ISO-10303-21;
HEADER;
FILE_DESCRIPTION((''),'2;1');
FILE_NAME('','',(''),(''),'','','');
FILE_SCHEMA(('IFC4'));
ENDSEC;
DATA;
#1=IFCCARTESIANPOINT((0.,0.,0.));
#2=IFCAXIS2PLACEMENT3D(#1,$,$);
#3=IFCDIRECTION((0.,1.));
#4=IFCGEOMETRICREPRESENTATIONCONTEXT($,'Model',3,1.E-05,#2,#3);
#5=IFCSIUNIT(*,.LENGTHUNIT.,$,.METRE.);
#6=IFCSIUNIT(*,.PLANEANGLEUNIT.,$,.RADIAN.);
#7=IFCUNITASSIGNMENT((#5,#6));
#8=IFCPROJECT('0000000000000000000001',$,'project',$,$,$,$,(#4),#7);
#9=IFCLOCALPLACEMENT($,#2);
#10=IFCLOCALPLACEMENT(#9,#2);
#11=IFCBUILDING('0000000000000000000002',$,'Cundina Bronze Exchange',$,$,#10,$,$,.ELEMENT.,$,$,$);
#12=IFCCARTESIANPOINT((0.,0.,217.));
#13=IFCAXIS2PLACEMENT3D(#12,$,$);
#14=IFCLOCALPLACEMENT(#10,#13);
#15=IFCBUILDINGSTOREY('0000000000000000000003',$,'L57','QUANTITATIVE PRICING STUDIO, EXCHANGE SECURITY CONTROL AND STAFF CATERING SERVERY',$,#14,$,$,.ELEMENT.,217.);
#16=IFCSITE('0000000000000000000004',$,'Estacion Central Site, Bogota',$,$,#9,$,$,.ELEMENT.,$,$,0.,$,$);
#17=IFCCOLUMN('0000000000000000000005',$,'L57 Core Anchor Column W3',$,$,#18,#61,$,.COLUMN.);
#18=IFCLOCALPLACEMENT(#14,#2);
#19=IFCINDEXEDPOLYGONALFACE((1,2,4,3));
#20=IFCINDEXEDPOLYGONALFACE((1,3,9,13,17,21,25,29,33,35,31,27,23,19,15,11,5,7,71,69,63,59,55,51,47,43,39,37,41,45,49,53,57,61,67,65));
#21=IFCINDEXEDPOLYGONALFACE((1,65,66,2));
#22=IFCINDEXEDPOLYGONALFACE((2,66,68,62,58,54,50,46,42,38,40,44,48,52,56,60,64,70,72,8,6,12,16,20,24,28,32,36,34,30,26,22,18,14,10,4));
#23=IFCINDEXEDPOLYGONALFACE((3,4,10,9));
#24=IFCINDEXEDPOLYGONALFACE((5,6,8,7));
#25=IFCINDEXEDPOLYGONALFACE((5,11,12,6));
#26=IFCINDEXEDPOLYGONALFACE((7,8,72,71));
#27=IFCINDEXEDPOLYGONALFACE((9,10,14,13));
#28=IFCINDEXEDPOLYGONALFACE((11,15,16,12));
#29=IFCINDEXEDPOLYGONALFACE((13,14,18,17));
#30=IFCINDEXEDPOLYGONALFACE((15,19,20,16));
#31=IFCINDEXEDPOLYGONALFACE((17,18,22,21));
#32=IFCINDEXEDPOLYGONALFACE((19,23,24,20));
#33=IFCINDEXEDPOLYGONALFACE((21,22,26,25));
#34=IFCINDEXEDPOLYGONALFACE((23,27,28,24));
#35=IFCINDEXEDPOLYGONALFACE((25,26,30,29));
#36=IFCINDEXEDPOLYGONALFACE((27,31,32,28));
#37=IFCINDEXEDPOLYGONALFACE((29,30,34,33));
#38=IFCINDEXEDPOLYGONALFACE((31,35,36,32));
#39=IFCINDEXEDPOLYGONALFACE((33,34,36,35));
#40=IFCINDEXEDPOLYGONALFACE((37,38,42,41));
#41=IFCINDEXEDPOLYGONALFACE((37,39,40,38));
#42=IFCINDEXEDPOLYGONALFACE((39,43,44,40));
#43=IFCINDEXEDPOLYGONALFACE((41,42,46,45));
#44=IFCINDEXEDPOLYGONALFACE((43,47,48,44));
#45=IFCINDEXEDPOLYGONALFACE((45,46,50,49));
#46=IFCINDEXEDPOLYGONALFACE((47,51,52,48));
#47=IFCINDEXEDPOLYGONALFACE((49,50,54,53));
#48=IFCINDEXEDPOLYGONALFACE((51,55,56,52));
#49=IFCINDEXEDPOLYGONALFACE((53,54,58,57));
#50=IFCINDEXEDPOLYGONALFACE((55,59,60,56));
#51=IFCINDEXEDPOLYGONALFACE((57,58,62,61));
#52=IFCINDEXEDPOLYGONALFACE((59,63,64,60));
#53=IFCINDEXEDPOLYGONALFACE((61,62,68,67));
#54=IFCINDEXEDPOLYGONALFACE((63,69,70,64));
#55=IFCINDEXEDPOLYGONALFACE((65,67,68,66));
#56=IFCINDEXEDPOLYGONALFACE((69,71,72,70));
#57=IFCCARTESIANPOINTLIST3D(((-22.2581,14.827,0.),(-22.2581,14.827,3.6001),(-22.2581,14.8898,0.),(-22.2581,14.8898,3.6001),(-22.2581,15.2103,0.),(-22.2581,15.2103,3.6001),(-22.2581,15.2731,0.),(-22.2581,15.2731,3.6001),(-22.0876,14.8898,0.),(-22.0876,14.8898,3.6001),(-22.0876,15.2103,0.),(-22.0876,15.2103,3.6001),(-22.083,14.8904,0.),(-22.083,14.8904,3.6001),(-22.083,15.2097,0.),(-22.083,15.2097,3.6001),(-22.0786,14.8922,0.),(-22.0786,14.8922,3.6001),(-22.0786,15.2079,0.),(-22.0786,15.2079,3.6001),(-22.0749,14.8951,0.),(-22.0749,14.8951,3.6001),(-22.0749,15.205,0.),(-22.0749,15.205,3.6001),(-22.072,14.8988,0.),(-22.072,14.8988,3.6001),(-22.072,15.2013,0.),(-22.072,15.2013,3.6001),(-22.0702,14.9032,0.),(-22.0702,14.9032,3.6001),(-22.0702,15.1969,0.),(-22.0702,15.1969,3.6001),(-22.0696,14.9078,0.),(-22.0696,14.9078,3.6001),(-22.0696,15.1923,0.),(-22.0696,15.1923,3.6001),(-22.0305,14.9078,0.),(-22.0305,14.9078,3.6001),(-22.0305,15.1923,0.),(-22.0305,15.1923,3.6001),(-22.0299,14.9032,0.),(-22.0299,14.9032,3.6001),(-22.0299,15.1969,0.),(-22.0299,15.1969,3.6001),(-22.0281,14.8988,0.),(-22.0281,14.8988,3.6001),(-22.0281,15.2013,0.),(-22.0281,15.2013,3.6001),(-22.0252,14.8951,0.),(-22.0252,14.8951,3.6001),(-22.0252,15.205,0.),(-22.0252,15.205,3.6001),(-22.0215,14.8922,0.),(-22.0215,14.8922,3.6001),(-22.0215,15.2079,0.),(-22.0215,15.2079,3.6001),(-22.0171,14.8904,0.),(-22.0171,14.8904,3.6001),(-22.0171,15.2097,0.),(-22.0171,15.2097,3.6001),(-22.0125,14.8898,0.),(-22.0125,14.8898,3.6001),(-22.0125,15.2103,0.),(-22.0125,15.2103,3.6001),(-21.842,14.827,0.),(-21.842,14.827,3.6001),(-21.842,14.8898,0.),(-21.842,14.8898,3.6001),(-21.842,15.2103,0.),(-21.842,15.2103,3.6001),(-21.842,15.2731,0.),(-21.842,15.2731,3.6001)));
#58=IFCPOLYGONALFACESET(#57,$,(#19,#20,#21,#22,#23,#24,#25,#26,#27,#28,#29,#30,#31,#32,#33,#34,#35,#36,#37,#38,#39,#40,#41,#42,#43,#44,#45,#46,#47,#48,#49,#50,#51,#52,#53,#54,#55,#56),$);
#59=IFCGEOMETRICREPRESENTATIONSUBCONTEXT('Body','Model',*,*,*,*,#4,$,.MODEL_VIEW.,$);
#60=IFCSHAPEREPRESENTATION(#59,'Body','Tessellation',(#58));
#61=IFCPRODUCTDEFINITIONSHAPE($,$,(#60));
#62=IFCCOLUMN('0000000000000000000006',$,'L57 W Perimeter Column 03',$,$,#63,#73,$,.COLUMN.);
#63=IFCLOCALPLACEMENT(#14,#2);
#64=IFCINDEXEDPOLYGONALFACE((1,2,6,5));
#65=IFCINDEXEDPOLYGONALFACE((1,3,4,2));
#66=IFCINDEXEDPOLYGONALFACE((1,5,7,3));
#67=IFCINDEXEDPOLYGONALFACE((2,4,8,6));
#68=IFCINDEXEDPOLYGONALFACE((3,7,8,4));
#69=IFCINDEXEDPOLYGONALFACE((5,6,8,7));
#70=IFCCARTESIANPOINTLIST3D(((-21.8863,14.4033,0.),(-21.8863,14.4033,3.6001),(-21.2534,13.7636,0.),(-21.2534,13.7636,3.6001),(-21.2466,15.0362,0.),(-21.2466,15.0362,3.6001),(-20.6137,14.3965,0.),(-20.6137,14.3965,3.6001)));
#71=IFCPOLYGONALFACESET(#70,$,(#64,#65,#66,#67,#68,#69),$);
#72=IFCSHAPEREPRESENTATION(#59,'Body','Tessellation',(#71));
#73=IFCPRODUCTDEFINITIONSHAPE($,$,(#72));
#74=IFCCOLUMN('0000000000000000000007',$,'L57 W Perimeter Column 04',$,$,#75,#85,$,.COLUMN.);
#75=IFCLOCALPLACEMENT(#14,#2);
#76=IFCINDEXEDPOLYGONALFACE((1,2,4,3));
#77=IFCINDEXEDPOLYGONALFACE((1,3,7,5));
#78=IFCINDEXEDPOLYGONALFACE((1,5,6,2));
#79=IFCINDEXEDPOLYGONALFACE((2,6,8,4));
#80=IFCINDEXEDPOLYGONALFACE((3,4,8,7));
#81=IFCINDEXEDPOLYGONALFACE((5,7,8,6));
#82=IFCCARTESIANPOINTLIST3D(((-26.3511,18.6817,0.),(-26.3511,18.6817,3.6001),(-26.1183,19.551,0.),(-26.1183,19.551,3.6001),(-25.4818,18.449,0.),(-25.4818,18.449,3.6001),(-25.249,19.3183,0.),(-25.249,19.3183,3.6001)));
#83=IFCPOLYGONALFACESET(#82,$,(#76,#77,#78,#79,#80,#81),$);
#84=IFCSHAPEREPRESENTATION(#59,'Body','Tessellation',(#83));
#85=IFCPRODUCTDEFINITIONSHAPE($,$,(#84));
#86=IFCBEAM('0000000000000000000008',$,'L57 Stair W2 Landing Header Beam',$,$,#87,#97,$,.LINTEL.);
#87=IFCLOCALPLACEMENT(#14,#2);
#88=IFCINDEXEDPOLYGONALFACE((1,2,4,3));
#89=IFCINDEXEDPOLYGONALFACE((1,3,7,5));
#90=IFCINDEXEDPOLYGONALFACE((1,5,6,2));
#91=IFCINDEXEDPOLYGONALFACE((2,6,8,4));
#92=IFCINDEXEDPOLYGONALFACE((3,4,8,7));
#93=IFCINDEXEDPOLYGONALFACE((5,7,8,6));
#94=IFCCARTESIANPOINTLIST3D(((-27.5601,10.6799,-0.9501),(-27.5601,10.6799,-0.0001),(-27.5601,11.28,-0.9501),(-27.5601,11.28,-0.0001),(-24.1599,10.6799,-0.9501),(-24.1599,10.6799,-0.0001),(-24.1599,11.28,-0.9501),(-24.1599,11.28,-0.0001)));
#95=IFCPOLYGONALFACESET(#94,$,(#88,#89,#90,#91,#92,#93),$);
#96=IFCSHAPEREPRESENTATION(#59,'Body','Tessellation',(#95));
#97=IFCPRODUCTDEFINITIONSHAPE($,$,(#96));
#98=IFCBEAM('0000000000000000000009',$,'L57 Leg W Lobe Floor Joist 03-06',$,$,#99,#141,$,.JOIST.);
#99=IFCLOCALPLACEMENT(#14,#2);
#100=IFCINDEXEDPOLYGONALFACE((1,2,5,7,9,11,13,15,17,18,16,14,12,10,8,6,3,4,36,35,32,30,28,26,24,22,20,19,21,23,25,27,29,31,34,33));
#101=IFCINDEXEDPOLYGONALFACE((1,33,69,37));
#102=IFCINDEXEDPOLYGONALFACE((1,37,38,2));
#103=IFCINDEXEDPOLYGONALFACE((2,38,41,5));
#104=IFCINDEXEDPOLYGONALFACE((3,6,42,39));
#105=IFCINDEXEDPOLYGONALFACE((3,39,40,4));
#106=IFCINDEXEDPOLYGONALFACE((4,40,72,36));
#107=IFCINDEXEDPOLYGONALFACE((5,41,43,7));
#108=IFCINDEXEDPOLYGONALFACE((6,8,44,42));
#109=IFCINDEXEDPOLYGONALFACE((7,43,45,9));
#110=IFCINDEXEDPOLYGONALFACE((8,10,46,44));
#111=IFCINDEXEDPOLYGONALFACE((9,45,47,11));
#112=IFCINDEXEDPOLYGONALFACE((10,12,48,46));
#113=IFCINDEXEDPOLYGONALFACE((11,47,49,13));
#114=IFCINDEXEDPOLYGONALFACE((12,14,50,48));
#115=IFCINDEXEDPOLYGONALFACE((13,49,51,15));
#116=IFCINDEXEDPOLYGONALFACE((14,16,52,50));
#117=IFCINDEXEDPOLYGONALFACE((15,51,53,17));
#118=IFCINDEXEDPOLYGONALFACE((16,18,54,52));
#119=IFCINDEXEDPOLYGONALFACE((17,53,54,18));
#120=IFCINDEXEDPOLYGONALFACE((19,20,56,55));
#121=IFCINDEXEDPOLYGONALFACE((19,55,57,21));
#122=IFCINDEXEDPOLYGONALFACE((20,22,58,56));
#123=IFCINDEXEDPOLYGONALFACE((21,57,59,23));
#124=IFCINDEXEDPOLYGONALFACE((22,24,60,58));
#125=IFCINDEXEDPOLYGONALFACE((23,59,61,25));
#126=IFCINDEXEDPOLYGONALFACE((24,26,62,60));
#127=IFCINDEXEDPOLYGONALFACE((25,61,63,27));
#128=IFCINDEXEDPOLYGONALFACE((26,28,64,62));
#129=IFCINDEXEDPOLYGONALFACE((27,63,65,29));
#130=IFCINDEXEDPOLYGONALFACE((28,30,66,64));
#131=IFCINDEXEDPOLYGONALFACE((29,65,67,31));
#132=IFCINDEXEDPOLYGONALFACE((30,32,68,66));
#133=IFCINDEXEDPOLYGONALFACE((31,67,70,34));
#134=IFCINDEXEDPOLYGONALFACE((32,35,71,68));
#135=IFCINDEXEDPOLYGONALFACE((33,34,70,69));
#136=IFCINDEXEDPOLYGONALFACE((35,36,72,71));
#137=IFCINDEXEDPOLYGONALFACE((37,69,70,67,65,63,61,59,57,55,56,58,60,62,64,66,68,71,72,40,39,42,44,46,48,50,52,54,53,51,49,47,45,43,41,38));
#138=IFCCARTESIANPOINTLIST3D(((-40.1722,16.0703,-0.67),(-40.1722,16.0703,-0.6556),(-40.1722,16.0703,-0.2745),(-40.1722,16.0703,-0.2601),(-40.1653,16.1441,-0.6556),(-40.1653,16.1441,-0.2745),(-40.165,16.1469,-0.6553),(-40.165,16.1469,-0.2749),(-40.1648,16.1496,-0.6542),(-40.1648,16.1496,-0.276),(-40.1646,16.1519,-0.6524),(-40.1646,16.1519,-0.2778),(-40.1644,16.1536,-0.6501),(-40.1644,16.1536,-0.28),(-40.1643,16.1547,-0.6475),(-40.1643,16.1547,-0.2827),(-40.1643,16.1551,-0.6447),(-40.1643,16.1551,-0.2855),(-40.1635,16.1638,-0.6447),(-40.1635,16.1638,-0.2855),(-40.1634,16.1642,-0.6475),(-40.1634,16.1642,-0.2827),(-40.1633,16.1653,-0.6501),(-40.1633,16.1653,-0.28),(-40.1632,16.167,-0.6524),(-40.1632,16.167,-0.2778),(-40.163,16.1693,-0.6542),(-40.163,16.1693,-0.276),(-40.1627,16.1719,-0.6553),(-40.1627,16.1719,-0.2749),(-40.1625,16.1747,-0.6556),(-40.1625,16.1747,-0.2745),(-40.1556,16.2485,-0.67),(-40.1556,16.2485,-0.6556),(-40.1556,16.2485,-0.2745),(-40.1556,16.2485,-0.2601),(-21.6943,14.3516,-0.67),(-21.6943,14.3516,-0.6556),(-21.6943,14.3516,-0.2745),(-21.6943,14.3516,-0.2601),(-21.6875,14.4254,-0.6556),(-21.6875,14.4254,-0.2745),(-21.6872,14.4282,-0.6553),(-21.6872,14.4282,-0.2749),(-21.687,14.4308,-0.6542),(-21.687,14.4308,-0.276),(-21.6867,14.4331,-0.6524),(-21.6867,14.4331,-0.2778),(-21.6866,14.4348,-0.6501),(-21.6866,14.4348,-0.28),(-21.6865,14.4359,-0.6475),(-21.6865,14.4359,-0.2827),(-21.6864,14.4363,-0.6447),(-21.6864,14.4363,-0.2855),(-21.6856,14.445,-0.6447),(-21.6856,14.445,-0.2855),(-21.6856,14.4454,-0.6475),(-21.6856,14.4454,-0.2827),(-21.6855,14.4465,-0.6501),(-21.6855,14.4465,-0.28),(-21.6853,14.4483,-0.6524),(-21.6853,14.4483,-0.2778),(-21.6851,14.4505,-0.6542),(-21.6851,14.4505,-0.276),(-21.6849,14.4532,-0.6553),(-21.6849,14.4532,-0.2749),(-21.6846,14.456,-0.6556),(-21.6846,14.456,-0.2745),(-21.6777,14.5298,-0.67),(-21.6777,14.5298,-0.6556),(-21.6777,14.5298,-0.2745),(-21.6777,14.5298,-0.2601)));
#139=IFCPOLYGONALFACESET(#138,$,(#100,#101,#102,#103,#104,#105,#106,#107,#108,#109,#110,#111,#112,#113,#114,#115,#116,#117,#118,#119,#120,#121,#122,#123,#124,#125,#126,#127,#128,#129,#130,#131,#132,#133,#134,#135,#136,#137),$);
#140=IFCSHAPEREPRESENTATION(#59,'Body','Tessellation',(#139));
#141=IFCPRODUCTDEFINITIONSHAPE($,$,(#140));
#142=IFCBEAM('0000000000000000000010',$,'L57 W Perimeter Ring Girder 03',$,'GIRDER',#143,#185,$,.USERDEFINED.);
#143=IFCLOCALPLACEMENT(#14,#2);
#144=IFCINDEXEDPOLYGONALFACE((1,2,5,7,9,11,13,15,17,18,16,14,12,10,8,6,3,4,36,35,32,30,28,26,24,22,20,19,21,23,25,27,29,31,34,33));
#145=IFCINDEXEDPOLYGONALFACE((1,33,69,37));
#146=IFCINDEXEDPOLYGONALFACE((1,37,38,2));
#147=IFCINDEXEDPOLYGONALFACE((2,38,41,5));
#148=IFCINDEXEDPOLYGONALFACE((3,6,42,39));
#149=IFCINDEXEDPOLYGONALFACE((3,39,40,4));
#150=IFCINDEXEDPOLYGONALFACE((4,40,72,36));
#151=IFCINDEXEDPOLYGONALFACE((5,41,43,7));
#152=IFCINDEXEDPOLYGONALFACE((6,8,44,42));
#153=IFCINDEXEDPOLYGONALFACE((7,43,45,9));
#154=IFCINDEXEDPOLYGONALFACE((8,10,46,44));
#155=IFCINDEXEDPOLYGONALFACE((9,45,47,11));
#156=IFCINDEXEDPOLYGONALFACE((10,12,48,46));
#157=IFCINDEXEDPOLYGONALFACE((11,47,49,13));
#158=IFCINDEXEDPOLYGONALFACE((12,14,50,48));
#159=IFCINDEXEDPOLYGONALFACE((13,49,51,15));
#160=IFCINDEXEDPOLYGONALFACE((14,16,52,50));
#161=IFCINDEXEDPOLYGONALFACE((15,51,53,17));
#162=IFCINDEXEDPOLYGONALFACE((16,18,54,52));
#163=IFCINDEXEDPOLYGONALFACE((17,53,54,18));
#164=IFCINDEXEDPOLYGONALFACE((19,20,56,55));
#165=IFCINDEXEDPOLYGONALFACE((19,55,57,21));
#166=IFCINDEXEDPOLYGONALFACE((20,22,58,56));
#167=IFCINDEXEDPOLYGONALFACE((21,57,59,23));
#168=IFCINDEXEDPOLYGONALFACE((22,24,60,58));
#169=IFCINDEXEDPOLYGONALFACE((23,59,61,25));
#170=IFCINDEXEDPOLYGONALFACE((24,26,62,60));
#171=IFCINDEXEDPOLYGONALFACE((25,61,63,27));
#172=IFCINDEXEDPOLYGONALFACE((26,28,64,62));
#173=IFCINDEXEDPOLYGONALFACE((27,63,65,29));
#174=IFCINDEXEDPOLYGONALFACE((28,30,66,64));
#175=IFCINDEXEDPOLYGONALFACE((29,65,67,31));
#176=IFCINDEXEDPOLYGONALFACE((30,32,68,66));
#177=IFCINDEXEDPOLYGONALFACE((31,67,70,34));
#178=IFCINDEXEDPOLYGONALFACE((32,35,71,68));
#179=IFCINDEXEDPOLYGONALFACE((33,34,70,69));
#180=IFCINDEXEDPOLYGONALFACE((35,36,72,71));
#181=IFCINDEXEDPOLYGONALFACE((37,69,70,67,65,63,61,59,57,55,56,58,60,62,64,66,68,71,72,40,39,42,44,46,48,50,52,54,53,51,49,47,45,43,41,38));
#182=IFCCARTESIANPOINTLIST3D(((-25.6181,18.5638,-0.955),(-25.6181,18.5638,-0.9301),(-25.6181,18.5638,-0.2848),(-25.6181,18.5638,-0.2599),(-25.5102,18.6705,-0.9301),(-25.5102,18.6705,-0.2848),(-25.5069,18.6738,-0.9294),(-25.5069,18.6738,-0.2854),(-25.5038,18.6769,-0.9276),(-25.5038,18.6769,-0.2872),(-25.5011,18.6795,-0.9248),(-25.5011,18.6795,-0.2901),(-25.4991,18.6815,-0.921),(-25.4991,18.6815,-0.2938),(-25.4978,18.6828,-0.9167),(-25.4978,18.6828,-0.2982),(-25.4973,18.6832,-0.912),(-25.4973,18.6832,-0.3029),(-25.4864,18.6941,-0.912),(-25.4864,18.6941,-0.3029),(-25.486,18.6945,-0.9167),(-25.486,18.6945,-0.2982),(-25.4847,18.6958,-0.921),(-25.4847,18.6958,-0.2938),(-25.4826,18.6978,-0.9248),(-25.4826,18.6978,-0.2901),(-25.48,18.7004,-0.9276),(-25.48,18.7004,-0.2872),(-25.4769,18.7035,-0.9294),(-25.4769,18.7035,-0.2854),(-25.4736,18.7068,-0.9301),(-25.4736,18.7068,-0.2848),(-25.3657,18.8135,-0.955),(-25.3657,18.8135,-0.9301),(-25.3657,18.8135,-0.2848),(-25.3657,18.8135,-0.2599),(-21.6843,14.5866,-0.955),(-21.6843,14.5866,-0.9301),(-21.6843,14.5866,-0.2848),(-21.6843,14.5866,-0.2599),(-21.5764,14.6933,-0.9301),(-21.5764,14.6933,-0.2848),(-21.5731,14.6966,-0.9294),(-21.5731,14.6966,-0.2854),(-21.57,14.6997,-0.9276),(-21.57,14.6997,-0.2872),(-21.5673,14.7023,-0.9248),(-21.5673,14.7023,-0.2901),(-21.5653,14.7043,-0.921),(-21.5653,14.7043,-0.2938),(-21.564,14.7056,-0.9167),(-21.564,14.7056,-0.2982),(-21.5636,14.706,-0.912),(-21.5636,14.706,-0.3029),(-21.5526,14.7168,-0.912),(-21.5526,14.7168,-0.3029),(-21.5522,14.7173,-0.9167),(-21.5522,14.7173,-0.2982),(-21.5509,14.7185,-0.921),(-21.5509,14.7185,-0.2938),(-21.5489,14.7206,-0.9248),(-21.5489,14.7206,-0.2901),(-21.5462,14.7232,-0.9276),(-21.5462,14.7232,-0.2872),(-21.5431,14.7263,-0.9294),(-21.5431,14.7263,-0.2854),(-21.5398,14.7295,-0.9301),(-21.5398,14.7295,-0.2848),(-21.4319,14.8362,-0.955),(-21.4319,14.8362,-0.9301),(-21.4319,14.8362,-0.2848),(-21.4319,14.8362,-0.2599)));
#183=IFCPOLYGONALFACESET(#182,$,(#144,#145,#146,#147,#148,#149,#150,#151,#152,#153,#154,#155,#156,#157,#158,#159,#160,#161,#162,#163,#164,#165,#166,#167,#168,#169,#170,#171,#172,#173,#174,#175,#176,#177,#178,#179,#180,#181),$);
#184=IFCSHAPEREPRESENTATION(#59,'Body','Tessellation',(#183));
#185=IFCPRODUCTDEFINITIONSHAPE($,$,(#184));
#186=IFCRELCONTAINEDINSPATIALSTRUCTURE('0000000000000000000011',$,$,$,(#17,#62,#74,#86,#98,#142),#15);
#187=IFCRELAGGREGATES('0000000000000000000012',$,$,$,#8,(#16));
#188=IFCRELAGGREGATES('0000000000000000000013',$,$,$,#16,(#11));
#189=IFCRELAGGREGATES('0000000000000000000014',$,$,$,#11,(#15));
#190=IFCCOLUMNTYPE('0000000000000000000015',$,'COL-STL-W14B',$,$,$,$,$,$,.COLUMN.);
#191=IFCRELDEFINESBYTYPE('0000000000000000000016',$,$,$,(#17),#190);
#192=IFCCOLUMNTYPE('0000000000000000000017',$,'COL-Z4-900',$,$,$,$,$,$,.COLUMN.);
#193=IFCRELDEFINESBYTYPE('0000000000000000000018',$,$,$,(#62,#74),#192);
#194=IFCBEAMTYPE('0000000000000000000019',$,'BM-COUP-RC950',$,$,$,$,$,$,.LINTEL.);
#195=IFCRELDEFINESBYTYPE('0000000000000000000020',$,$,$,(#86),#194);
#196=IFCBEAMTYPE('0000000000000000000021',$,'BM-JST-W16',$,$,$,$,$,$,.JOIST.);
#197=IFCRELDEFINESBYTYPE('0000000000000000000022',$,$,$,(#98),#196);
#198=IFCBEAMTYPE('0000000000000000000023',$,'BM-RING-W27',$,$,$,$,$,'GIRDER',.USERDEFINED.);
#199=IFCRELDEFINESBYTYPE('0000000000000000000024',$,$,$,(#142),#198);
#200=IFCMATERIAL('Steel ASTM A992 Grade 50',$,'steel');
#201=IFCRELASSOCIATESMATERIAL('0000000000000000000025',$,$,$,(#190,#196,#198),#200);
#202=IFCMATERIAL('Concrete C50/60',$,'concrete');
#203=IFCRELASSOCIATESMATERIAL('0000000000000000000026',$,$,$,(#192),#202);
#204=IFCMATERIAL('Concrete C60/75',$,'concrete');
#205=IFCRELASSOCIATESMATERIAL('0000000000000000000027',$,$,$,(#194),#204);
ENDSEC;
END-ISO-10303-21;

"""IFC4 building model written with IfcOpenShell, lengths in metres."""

from ifc_helpers import new_model, si_unit, direction, frame, origin, origin_2d, place, context, subcontext, project, spatial, rectangle, i_section, extrude, material, material_profile, profile_set, type_object, element, save


model = new_model("IFC4")

# Units and contexts
model_context = context("Model", 3, precision=1e-05, world=origin(), true_north=direction((0.0, 1.0)))
body_context = subcontext(model_context, "Body", "Model", "MODEL_VIEW")
ifc_project = project(units=[si_unit("LENGTHUNIT", "METRE"), si_unit("PLANEANGLEUNIT", "RADIAN")], contexts=[model_context])

# Site, building, storey
site_placement = place(None, origin())
site = spatial("IfcSite", under=ifc_project, at=site_placement, Name="Estacion Central Site, Bogota", CompositionType="ELEMENT", RefElevation=0.0)
building_placement = place(site_placement, origin())
building = spatial("IfcBuilding", under=site, at=building_placement, Name="Cundina Bronze Exchange", CompositionType="ELEMENT")
storey_placement = place(building_placement, frame((0.0, 0.0, 217.0)))
storey = spatial("IfcBuildingStorey", under=building, at=storey_placement, Name="L57", Description="QUANTITATIVE PRICING STUDIO, EXCHANGE SECURITY CONTROL AND STAFF CATERING SERVERY", CompositionType="ELEMENT", Elevation=217.0)

# Columns
ifc_material_1 = material(Name="Steel ASTM A992 Grade 50", Category="steel")
ifc_material_profile_1 = material_profile(ifc_material_1, i_section(OverallWidth=0.416, OverallDepth=0.446, WebThickness=0.0391, FlangeThickness=0.0627, FilletRadius=0.0181, at=origin_2d()), Name="W14X342", Category="steel")
ifc_profile_set_1 = profile_set([ifc_material_profile_1], Name="Steel ASTM A992 Grade 50")
column_type_1 = type_object("IfcColumnType", Name="COL-STL-W14B", PredefinedType="COLUMN", material=ifc_profile_set_1)
column_placement = place(storey_placement, frame((-22.05, 15.05, 0.0), z_axis=(0.0, 0.0, 1.0), x_axis=(1.0, 0.0, 0.0)))
element("IfcColumn", 1, at=column_placement, inside=storey, type_object=column_type_1, Name="L57 Core Anchor Column W3", PredefinedType="COLUMN", context=body_context, shape_type="SweptSolid", body=[
    extrude(i_section(OverallWidth=0.416, OverallDepth=0.446, WebThickness=0.0391, FlangeThickness=0.0627, FilletRadius=0.0181, at=origin_2d()), origin(), (0.0, 0.0, 1.0), 3.6001),
])
ifc_material_2 = material(Name="Concrete C50/60", Category="concrete")
ifc_material_profile_2 = material_profile(ifc_material_2, rectangle(XDim=0.8999, YDim=0.8999, at=origin_2d()), Name="RC900X900", Category="concrete")
ifc_profile_set_2 = profile_set([ifc_material_profile_2], Name="Concrete C50/60")
column_type_2 = type_object("IfcColumnType", Name="COL-Z4-900", PredefinedType="COLUMN", material=ifc_profile_set_2)
for number, where, z_axis, x_axis, name in (
    (2, (-21.25, 14.3999, 0.0), (0.0, 0.0, 1.0), (-0.703271, 0.710922, 0.0), "L57 W Perimeter Column 03"),
    (3, (-25.8, 19.0, 0.0), (0.0, 0.0, 1.0), (-0.965971, 0.25865, 0.0), "L57 W Perimeter Column 04"),
):
    element("IfcColumn", number, at=place(storey_placement, frame(where, z_axis=z_axis, x_axis=x_axis)), inside=storey, type_object=column_type_2, Name=name, PredefinedType="COLUMN", context=body_context, shape_type="SweptSolid", body=[
        extrude(rectangle(XDim=0.8999, YDim=0.8999, at=origin_2d()), origin(), (0.0, 0.0, 1.0), 3.6001),
    ])

# Beams
ifc_material_3 = material(Name="Concrete C60/75", Category="concrete")
ifc_material_profile_3 = material_profile(ifc_material_3, rectangle(XDim=0.6001, YDim=0.95, at=origin_2d()), Name="RC600X950", Category="concrete")
ifc_profile_set_3 = profile_set([ifc_material_profile_3], Name="Concrete C60/75")
beam_type_1 = type_object("IfcBeamType", Name="BM-COUP-RC950", PredefinedType="LINTEL", material=ifc_profile_set_3)
beam_1_placement = place(storey_placement, frame((-27.5601, 10.98, -0.4751), z_axis=(1.0, 0.0, 0.0), x_axis=(0.0, 1.0, 0.0)))
element("IfcBeam", 4, at=beam_1_placement, inside=storey, type_object=beam_type_1, Name="L57 Stair W2 Landing Header Beam", PredefinedType="LINTEL", context=body_context, shape_type="SweptSolid", body=[
    extrude(rectangle(XDim=0.6001, YDim=0.95, at=origin_2d()), origin(), (0.0, 0.0, 1.0), 3.4001),
])
ifc_material_profile_4 = material_profile(ifc_material_1, i_section(OverallWidth=0.179, OverallDepth=0.4099, WebThickness=0.0088, FlangeThickness=0.0144, FilletRadius=0.011, at=origin_2d()), Name="W16X45", Category="steel")
ifc_profile_set_4 = profile_set([ifc_material_profile_4], Name="Steel ASTM A992 Grade 50")
beam_type_2 = type_object("IfcBeamType", Name="BM-JST-W16", PredefinedType="JOIST", material=ifc_profile_set_4)
beam_2_placement = place(storey_placement, frame((-21.686, 14.4407, -0.4651), z_axis=(-0.995702, 0.092617, 0.0), x_axis=(-0.092617, -0.995702, 0.0)))
element("IfcBeam", 5, at=beam_2_placement, inside=storey, type_object=beam_type_2, Name="L57 Leg W Lobe Floor Joist 03-06", PredefinedType="JOIST", context=body_context, shape_type="SweptSolid", body=[
    extrude(i_section(OverallWidth=0.179, OverallDepth=0.4099, WebThickness=0.0088, FlangeThickness=0.0144, FilletRadius=0.011, at=origin_2d()), origin(), (0.0, 0.0, 1.0), 18.5576),
])
ifc_material_profile_5 = material_profile(ifc_material_1, i_section(OverallWidth=0.355, OverallDepth=0.6951, WebThickness=0.0154, FlangeThickness=0.0249, FilletRadius=0.0181, at=origin_2d()), Name="W27X146", Category="steel")
ifc_profile_set_5 = profile_set([ifc_material_profile_5], Name="Steel ASTM A992 Grade 50")
beam_type_3 = type_object("IfcBeamType", Name="BM-RING-W27", ElementType="GIRDER", PredefinedType="USERDEFINED", material=ifc_profile_set_5)
beam_3_placement = place(storey_placement, frame((-21.5581, 14.7114, -0.6074), z_axis=(-0.703212, 0.71098, 0.0), x_axis=(-0.71098, -0.703212, 0.0)))
element("IfcBeam", 6, at=beam_3_placement, inside=storey, type_object=beam_type_3, Name="L57 W Perimeter Ring Girder 03", ObjectType="GIRDER", PredefinedType="USERDEFINED", context=body_context, shape_type="SweptSolid", body=[
    extrude(i_section(OverallWidth=0.355, OverallDepth=0.6951, WebThickness=0.0154, FlangeThickness=0.0249, FilletRadius=0.0181, at=origin_2d()), origin(), (0.0, 0.0, 1.0), 5.594),
])

save(model, "model.ifc")
